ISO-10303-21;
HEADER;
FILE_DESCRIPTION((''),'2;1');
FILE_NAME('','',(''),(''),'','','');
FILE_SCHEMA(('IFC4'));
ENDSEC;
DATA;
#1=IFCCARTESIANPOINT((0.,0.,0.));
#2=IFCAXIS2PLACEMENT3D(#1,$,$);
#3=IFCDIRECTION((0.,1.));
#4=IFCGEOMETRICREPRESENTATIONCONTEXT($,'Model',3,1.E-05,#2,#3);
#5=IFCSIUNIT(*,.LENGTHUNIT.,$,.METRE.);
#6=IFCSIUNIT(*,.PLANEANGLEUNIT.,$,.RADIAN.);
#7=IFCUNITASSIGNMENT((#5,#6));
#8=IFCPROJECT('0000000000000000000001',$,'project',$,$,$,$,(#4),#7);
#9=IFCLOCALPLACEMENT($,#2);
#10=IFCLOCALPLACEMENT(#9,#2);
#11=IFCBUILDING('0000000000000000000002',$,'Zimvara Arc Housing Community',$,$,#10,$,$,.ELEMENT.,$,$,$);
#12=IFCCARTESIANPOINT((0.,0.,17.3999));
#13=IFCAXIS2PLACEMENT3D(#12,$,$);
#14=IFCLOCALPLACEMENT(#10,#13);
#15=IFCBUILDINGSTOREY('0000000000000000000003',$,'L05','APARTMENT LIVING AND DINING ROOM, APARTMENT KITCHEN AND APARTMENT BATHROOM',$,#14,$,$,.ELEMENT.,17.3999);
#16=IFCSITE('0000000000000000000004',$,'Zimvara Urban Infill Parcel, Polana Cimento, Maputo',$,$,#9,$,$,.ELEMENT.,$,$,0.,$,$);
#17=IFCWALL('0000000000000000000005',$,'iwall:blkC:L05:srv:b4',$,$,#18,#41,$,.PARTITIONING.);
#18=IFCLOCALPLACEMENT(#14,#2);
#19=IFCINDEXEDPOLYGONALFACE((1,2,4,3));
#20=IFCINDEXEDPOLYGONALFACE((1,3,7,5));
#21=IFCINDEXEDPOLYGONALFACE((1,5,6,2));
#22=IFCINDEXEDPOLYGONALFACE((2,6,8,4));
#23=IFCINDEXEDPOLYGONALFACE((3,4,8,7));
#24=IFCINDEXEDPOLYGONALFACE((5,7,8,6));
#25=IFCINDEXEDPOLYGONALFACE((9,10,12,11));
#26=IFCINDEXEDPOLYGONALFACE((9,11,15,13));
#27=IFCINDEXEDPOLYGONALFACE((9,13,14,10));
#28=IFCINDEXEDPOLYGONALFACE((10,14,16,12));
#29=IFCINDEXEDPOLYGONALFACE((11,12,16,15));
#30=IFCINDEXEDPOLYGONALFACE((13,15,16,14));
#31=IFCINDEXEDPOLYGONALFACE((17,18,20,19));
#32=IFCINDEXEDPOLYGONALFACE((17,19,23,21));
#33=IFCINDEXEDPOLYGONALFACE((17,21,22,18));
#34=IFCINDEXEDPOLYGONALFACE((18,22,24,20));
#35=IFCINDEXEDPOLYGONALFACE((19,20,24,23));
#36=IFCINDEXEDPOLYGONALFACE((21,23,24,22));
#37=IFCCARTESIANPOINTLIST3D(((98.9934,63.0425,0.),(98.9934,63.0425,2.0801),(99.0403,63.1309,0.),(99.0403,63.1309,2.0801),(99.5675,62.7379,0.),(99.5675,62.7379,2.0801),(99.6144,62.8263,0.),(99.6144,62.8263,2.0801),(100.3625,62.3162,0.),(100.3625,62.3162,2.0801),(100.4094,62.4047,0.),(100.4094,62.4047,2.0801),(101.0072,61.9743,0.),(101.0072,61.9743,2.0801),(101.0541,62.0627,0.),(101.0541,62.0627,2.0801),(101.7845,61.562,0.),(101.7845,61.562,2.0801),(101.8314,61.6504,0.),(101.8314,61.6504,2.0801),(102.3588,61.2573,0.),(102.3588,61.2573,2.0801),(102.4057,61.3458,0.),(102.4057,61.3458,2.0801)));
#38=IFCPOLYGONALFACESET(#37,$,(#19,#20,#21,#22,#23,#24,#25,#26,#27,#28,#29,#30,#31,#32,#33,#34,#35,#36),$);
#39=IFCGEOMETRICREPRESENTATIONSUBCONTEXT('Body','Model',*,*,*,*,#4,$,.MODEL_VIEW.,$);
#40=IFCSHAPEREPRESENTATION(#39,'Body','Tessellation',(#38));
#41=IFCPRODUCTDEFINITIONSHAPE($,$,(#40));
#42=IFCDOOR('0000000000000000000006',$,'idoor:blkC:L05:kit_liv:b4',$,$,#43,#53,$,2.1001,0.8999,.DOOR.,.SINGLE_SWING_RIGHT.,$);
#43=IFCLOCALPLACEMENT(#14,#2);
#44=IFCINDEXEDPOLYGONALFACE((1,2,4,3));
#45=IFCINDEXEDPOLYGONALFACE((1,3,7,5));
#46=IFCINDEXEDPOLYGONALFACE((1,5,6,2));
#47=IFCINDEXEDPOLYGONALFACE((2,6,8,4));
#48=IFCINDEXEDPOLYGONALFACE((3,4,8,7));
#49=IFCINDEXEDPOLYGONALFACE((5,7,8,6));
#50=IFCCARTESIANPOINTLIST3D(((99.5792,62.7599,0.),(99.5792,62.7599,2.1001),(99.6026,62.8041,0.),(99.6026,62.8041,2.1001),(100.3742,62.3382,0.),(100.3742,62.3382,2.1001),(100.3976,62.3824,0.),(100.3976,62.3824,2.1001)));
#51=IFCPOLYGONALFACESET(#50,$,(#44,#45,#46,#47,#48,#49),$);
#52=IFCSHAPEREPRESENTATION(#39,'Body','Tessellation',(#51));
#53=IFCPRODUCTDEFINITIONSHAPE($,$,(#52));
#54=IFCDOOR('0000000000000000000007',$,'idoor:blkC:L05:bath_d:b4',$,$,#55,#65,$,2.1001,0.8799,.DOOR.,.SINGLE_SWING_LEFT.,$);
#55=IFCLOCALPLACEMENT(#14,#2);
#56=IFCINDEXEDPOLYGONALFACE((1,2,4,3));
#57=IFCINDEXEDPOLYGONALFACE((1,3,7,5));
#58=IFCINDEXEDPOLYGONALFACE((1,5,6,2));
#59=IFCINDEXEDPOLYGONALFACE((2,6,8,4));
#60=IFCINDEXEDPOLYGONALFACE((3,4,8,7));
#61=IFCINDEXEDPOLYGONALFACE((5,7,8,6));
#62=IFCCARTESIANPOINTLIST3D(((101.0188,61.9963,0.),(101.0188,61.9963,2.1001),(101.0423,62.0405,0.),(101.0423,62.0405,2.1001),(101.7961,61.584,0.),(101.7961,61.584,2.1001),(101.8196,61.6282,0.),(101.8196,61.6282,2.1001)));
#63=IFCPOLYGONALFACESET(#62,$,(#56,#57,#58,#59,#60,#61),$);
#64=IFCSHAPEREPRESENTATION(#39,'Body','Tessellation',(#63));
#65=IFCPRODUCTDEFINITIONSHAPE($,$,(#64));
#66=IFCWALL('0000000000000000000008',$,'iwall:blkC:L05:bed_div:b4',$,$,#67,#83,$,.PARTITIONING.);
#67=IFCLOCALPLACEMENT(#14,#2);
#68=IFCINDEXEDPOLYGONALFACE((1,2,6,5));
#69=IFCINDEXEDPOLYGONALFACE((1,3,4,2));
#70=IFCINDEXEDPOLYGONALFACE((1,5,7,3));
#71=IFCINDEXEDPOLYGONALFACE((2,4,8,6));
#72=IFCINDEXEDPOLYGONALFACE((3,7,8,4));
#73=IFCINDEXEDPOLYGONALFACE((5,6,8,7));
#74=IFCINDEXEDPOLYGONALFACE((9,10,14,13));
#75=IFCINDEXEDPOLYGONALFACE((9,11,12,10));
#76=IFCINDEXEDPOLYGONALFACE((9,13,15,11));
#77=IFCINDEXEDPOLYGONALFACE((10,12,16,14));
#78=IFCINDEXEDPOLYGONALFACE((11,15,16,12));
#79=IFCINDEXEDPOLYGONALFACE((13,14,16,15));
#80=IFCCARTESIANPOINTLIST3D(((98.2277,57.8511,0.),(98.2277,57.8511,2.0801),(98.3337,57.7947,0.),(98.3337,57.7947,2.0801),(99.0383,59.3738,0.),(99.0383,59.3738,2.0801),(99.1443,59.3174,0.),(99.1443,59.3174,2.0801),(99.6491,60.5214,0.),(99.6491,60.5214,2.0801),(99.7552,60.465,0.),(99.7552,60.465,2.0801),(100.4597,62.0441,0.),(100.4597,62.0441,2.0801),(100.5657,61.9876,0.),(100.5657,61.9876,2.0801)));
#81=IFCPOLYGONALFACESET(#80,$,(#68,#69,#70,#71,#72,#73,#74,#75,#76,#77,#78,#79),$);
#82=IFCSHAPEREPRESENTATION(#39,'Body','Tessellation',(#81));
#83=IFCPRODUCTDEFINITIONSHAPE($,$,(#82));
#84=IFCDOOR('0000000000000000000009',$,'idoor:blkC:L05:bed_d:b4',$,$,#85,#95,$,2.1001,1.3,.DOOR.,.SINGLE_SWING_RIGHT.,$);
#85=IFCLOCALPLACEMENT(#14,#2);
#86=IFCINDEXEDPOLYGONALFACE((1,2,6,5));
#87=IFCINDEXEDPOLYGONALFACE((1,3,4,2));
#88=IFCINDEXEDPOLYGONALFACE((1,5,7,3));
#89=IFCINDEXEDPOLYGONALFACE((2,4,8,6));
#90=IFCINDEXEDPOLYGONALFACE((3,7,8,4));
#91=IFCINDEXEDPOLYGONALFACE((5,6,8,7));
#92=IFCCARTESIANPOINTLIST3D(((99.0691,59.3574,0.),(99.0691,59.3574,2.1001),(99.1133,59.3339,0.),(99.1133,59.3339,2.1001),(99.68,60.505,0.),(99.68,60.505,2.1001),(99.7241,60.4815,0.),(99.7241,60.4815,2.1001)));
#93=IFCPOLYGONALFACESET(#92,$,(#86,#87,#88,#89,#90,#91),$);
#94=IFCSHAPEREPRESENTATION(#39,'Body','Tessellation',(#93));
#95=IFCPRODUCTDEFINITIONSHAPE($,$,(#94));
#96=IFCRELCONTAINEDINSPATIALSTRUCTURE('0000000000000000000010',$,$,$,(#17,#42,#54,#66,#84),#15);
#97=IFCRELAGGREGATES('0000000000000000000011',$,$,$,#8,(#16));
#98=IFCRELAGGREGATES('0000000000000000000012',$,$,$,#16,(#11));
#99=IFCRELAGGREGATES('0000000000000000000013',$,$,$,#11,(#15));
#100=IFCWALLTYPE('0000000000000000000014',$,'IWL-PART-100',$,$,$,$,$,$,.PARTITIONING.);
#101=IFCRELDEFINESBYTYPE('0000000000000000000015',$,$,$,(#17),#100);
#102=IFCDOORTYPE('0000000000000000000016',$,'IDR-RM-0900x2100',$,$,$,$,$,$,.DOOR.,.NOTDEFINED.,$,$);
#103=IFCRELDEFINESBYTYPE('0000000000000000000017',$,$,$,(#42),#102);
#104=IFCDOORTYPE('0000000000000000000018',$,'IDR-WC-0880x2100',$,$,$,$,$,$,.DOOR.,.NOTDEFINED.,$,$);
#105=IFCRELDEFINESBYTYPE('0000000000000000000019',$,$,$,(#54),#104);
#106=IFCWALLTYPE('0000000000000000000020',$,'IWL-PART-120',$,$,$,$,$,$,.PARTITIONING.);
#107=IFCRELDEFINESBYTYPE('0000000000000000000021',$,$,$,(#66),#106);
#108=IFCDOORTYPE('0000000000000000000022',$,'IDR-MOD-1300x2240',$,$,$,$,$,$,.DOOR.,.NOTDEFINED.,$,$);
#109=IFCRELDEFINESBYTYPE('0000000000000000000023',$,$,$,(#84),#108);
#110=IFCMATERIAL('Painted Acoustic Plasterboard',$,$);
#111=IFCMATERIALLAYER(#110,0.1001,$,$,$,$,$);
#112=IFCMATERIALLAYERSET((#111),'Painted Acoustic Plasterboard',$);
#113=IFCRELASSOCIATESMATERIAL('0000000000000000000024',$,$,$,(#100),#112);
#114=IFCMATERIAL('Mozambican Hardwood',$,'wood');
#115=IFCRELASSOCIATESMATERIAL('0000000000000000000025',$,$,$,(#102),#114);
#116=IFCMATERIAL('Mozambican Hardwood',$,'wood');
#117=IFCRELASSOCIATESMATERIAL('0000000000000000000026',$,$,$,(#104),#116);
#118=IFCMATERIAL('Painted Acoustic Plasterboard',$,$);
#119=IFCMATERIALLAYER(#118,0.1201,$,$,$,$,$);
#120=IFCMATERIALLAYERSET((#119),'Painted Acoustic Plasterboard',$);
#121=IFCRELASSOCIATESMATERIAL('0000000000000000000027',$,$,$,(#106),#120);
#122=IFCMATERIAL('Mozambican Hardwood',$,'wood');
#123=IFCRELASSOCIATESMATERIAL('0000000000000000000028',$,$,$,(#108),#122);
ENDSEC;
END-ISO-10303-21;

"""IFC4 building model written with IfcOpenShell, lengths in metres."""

from ifc_helpers import new_model, si_unit, direction, frame, frame_2d, origin, place, context, subcontext, project, spatial, rectangle, extrude, material, layer, layer_set, type_object, element, fill, save


model = new_model("IFC4")

# Units and contexts
model_context = context("Model", 3, precision=1e-05, world=origin(), true_north=direction((0.0, 1.0)))
body_context = subcontext(model_context, "Body", "Model", "MODEL_VIEW")
ifc_project = project(units=[si_unit("LENGTHUNIT", "METRE"), si_unit("PLANEANGLEUNIT", "RADIAN")], contexts=[model_context])

# Site, building, storey
site_placement = place(None, origin())
site = spatial("IfcSite", under=ifc_project, at=site_placement, Name="Zimvara Urban Infill Parcel, Polana Cimento, Maputo", CompositionType="ELEMENT", RefElevation=0.0)
building_placement = place(site_placement, origin())
building = spatial("IfcBuilding", under=site, at=building_placement, Name="Zimvara Arc Housing Community", CompositionType="ELEMENT")
storey_placement = place(building_placement, frame((0.0, 0.0, 17.3999)))
storey = spatial("IfcBuildingStorey", under=building, at=storey_placement, Name="L05", Description="APARTMENT LIVING AND DINING ROOM, APARTMENT KITCHEN AND APARTMENT BATHROOM", CompositionType="ELEMENT", Elevation=17.3999)

# Wall, openings, doors
ifc_material_1 = material(Name="Painted Acoustic Plasterboard")
ifc_layer_1 = layer(ifc_material_1, 0.1001)
ifc_layer_set_1 = layer_set([ifc_layer_1], Name="Painted Acoustic Plasterboard")
wall_type_1 = type_object("IfcWallType", Name="IWL-PART-100", PredefinedType="PARTITIONING", material=ifc_layer_set_1)
wall_1_placement = place(storey_placement, frame((99.0168, 63.0867, 0.0), z_axis=(0.0, 0.0, 1.0), x_axis=(0.883415, -0.468591, 0.0)))
wall_1 = element("IfcWall", 1, at=wall_1_placement, inside=storey, type_object=wall_type_1, Name="iwall:blkC:L05:srv:b4", PredefinedType="PARTITIONING", context=body_context, shape_type="SweptSolid", body=[
    extrude(rectangle(XDim=3.8096, YDim=0.1001, at=frame_2d((1.9048, 0.0))), origin(), (0.0, 0.0, 1.0), 2.0801),
])
opening_1_placement = place(wall_1_placement, frame((0.6499, 0.0, 0.0)))
opening_1 = element("IfcOpeningElement", 2, at=opening_1_placement, cuts=wall_1, PredefinedType="OPENING", context=body_context, shape_type="SweptSolid", body=[
    extrude(rectangle(XDim=0.8999, YDim=2.1001, at=frame_2d((0.45, 1.05))), frame((0.0, 0.0601, 0.0), z_axis=(0.0, -1.0, 0.0), x_axis=(1.0, 0.0, 0.0)), (0.0, 0.0, 1.0), 0.1201),
])
opening_2_placement = place(wall_1_placement, frame((2.2795, 0.0, 0.0)))
opening_2 = element("IfcOpeningElement", 3, at=opening_2_placement, cuts=wall_1, PredefinedType="OPENING", context=body_context, shape_type="SweptSolid", body=[
    extrude(rectangle(XDim=0.8799, YDim=2.1001, at=frame_2d((0.4399, 1.05))), frame((0.0, 0.0601, 0.0), z_axis=(0.0, -1.0, 0.0), x_axis=(1.0, 0.0, 0.0)), (0.0, 0.0, 1.0), 0.1201),
])
ifc_material_2 = material(Name="Mozambican Hardwood", Category="wood")
door_type_1 = type_object("IfcDoorType", Name="IDR-RM-0900x2100", OperationType="NOTDEFINED", PredefinedType="DOOR", material=ifc_material_2)
door_1_placement = place(opening_1_placement, origin())
door_1 = element("IfcDoor", 4, at=door_1_placement, inside=storey, type_object=door_type_1, Name="idoor:blkC:L05:kit_liv:b4", OperationType="SINGLE_SWING_RIGHT", OverallHeight=2.1001, OverallWidth=0.8999, PredefinedType="DOOR", context=body_context, shape_type="SweptSolid", body=[
    extrude(rectangle(XDim=0.8999, YDim=2.1001, at=frame_2d((0.45, 1.05))), frame((0.0, 0.0249, 0.0), z_axis=(0.0, -1.0, 0.0), x_axis=(1.0, 0.0, 0.0)), (0.0, 0.0, 1.0), 0.05),
])
fill(opening_1, door_1)
ifc_material_3 = material(Name="Mozambican Hardwood", Category="wood")
door_type_2 = type_object("IfcDoorType", Name="IDR-WC-0880x2100", OperationType="NOTDEFINED", PredefinedType="DOOR", material=ifc_material_3)
door_2_placement = place(opening_2_placement, origin())
door_2 = element("IfcDoor", 5, at=door_2_placement, inside=storey, type_object=door_type_2, Name="idoor:blkC:L05:bath_d:b4", OperationType="SINGLE_SWING_LEFT", OverallHeight=2.1001, OverallWidth=0.8799, PredefinedType="DOOR", context=body_context, shape_type="SweptSolid", body=[
    extrude(rectangle(XDim=0.8799, YDim=2.1001, at=frame_2d((0.4399, 1.05))), frame((0.0, 0.0249, 0.0), z_axis=(0.0, -1.0, 0.0), x_axis=(1.0, 0.0, 0.0)), (0.0, 0.0, 1.0), 0.05),
])
fill(opening_2, door_2)

# Wall, opening, door
ifc_material_4 = material(Name="Painted Acoustic Plasterboard")
ifc_layer_2 = layer(ifc_material_4, 0.1201)
ifc_layer_set_2 = layer_set([ifc_layer_2], Name="Painted Acoustic Plasterboard")
wall_type_2 = type_object("IfcWallType", Name="IWL-PART-120", PredefinedType="PARTITIONING", material=ifc_layer_set_2)
wall_2_placement = place(storey_placement, frame((100.5127, 62.0159, 0.0), z_axis=(0.0, 0.0, 1.0), x_axis=(-0.469889, -0.882725, 0.0)))
wall_2 = element("IfcWall", 6, at=wall_2_placement, inside=storey, type_object=wall_type_2, Name="iwall:blkC:L05:bed_div:b4", PredefinedType="PARTITIONING", context=body_context, shape_type="SweptSolid", body=[
    extrude(rectangle(XDim=4.75, YDim=0.1201, at=frame_2d((2.375, 0.0))), origin(), (0.0, 0.0, 1.0), 2.0801),
])
opening_3_placement = place(wall_2_placement, frame((1.7251, 0.0, 0.0)))
opening_3 = element("IfcOpeningElement", 7, at=opening_3_placement, cuts=wall_2, PredefinedType="OPENING", context=body_context, shape_type="SweptSolid", body=[
    extrude(rectangle(XDim=1.3, YDim=2.1001, at=frame_2d((0.6499, 1.05))), frame((0.0, 0.0701, 0.0), z_axis=(0.0, -1.0, 0.0), x_axis=(1.0, 0.0, 0.0)), (0.0, 0.0, 1.0), 0.1401),
])
ifc_material_5 = material(Name="Mozambican Hardwood", Category="wood")
door_type_3 = type_object("IfcDoorType", Name="IDR-MOD-1300x2240", OperationType="NOTDEFINED", PredefinedType="DOOR", material=ifc_material_5)
door_3_placement = place(opening_3_placement, origin())
door_3 = element("IfcDoor", 8, at=door_3_placement, inside=storey, type_object=door_type_3, Name="idoor:blkC:L05:bed_d:b4", OperationType="SINGLE_SWING_RIGHT", OverallHeight=2.1001, OverallWidth=1.3, PredefinedType="DOOR", context=body_context, shape_type="SweptSolid", body=[
    extrude(rectangle(XDim=1.3, YDim=2.1001, at=frame_2d((0.6499, 1.05))), frame((0.0, 0.0249, 0.0), z_axis=(0.0, -1.0, 0.0), x_axis=(1.0, 0.0, 0.0)), (0.0, 0.0, 1.0), 0.05),
])
fill(opening_3, door_3)

save(model, "model.ifc")
